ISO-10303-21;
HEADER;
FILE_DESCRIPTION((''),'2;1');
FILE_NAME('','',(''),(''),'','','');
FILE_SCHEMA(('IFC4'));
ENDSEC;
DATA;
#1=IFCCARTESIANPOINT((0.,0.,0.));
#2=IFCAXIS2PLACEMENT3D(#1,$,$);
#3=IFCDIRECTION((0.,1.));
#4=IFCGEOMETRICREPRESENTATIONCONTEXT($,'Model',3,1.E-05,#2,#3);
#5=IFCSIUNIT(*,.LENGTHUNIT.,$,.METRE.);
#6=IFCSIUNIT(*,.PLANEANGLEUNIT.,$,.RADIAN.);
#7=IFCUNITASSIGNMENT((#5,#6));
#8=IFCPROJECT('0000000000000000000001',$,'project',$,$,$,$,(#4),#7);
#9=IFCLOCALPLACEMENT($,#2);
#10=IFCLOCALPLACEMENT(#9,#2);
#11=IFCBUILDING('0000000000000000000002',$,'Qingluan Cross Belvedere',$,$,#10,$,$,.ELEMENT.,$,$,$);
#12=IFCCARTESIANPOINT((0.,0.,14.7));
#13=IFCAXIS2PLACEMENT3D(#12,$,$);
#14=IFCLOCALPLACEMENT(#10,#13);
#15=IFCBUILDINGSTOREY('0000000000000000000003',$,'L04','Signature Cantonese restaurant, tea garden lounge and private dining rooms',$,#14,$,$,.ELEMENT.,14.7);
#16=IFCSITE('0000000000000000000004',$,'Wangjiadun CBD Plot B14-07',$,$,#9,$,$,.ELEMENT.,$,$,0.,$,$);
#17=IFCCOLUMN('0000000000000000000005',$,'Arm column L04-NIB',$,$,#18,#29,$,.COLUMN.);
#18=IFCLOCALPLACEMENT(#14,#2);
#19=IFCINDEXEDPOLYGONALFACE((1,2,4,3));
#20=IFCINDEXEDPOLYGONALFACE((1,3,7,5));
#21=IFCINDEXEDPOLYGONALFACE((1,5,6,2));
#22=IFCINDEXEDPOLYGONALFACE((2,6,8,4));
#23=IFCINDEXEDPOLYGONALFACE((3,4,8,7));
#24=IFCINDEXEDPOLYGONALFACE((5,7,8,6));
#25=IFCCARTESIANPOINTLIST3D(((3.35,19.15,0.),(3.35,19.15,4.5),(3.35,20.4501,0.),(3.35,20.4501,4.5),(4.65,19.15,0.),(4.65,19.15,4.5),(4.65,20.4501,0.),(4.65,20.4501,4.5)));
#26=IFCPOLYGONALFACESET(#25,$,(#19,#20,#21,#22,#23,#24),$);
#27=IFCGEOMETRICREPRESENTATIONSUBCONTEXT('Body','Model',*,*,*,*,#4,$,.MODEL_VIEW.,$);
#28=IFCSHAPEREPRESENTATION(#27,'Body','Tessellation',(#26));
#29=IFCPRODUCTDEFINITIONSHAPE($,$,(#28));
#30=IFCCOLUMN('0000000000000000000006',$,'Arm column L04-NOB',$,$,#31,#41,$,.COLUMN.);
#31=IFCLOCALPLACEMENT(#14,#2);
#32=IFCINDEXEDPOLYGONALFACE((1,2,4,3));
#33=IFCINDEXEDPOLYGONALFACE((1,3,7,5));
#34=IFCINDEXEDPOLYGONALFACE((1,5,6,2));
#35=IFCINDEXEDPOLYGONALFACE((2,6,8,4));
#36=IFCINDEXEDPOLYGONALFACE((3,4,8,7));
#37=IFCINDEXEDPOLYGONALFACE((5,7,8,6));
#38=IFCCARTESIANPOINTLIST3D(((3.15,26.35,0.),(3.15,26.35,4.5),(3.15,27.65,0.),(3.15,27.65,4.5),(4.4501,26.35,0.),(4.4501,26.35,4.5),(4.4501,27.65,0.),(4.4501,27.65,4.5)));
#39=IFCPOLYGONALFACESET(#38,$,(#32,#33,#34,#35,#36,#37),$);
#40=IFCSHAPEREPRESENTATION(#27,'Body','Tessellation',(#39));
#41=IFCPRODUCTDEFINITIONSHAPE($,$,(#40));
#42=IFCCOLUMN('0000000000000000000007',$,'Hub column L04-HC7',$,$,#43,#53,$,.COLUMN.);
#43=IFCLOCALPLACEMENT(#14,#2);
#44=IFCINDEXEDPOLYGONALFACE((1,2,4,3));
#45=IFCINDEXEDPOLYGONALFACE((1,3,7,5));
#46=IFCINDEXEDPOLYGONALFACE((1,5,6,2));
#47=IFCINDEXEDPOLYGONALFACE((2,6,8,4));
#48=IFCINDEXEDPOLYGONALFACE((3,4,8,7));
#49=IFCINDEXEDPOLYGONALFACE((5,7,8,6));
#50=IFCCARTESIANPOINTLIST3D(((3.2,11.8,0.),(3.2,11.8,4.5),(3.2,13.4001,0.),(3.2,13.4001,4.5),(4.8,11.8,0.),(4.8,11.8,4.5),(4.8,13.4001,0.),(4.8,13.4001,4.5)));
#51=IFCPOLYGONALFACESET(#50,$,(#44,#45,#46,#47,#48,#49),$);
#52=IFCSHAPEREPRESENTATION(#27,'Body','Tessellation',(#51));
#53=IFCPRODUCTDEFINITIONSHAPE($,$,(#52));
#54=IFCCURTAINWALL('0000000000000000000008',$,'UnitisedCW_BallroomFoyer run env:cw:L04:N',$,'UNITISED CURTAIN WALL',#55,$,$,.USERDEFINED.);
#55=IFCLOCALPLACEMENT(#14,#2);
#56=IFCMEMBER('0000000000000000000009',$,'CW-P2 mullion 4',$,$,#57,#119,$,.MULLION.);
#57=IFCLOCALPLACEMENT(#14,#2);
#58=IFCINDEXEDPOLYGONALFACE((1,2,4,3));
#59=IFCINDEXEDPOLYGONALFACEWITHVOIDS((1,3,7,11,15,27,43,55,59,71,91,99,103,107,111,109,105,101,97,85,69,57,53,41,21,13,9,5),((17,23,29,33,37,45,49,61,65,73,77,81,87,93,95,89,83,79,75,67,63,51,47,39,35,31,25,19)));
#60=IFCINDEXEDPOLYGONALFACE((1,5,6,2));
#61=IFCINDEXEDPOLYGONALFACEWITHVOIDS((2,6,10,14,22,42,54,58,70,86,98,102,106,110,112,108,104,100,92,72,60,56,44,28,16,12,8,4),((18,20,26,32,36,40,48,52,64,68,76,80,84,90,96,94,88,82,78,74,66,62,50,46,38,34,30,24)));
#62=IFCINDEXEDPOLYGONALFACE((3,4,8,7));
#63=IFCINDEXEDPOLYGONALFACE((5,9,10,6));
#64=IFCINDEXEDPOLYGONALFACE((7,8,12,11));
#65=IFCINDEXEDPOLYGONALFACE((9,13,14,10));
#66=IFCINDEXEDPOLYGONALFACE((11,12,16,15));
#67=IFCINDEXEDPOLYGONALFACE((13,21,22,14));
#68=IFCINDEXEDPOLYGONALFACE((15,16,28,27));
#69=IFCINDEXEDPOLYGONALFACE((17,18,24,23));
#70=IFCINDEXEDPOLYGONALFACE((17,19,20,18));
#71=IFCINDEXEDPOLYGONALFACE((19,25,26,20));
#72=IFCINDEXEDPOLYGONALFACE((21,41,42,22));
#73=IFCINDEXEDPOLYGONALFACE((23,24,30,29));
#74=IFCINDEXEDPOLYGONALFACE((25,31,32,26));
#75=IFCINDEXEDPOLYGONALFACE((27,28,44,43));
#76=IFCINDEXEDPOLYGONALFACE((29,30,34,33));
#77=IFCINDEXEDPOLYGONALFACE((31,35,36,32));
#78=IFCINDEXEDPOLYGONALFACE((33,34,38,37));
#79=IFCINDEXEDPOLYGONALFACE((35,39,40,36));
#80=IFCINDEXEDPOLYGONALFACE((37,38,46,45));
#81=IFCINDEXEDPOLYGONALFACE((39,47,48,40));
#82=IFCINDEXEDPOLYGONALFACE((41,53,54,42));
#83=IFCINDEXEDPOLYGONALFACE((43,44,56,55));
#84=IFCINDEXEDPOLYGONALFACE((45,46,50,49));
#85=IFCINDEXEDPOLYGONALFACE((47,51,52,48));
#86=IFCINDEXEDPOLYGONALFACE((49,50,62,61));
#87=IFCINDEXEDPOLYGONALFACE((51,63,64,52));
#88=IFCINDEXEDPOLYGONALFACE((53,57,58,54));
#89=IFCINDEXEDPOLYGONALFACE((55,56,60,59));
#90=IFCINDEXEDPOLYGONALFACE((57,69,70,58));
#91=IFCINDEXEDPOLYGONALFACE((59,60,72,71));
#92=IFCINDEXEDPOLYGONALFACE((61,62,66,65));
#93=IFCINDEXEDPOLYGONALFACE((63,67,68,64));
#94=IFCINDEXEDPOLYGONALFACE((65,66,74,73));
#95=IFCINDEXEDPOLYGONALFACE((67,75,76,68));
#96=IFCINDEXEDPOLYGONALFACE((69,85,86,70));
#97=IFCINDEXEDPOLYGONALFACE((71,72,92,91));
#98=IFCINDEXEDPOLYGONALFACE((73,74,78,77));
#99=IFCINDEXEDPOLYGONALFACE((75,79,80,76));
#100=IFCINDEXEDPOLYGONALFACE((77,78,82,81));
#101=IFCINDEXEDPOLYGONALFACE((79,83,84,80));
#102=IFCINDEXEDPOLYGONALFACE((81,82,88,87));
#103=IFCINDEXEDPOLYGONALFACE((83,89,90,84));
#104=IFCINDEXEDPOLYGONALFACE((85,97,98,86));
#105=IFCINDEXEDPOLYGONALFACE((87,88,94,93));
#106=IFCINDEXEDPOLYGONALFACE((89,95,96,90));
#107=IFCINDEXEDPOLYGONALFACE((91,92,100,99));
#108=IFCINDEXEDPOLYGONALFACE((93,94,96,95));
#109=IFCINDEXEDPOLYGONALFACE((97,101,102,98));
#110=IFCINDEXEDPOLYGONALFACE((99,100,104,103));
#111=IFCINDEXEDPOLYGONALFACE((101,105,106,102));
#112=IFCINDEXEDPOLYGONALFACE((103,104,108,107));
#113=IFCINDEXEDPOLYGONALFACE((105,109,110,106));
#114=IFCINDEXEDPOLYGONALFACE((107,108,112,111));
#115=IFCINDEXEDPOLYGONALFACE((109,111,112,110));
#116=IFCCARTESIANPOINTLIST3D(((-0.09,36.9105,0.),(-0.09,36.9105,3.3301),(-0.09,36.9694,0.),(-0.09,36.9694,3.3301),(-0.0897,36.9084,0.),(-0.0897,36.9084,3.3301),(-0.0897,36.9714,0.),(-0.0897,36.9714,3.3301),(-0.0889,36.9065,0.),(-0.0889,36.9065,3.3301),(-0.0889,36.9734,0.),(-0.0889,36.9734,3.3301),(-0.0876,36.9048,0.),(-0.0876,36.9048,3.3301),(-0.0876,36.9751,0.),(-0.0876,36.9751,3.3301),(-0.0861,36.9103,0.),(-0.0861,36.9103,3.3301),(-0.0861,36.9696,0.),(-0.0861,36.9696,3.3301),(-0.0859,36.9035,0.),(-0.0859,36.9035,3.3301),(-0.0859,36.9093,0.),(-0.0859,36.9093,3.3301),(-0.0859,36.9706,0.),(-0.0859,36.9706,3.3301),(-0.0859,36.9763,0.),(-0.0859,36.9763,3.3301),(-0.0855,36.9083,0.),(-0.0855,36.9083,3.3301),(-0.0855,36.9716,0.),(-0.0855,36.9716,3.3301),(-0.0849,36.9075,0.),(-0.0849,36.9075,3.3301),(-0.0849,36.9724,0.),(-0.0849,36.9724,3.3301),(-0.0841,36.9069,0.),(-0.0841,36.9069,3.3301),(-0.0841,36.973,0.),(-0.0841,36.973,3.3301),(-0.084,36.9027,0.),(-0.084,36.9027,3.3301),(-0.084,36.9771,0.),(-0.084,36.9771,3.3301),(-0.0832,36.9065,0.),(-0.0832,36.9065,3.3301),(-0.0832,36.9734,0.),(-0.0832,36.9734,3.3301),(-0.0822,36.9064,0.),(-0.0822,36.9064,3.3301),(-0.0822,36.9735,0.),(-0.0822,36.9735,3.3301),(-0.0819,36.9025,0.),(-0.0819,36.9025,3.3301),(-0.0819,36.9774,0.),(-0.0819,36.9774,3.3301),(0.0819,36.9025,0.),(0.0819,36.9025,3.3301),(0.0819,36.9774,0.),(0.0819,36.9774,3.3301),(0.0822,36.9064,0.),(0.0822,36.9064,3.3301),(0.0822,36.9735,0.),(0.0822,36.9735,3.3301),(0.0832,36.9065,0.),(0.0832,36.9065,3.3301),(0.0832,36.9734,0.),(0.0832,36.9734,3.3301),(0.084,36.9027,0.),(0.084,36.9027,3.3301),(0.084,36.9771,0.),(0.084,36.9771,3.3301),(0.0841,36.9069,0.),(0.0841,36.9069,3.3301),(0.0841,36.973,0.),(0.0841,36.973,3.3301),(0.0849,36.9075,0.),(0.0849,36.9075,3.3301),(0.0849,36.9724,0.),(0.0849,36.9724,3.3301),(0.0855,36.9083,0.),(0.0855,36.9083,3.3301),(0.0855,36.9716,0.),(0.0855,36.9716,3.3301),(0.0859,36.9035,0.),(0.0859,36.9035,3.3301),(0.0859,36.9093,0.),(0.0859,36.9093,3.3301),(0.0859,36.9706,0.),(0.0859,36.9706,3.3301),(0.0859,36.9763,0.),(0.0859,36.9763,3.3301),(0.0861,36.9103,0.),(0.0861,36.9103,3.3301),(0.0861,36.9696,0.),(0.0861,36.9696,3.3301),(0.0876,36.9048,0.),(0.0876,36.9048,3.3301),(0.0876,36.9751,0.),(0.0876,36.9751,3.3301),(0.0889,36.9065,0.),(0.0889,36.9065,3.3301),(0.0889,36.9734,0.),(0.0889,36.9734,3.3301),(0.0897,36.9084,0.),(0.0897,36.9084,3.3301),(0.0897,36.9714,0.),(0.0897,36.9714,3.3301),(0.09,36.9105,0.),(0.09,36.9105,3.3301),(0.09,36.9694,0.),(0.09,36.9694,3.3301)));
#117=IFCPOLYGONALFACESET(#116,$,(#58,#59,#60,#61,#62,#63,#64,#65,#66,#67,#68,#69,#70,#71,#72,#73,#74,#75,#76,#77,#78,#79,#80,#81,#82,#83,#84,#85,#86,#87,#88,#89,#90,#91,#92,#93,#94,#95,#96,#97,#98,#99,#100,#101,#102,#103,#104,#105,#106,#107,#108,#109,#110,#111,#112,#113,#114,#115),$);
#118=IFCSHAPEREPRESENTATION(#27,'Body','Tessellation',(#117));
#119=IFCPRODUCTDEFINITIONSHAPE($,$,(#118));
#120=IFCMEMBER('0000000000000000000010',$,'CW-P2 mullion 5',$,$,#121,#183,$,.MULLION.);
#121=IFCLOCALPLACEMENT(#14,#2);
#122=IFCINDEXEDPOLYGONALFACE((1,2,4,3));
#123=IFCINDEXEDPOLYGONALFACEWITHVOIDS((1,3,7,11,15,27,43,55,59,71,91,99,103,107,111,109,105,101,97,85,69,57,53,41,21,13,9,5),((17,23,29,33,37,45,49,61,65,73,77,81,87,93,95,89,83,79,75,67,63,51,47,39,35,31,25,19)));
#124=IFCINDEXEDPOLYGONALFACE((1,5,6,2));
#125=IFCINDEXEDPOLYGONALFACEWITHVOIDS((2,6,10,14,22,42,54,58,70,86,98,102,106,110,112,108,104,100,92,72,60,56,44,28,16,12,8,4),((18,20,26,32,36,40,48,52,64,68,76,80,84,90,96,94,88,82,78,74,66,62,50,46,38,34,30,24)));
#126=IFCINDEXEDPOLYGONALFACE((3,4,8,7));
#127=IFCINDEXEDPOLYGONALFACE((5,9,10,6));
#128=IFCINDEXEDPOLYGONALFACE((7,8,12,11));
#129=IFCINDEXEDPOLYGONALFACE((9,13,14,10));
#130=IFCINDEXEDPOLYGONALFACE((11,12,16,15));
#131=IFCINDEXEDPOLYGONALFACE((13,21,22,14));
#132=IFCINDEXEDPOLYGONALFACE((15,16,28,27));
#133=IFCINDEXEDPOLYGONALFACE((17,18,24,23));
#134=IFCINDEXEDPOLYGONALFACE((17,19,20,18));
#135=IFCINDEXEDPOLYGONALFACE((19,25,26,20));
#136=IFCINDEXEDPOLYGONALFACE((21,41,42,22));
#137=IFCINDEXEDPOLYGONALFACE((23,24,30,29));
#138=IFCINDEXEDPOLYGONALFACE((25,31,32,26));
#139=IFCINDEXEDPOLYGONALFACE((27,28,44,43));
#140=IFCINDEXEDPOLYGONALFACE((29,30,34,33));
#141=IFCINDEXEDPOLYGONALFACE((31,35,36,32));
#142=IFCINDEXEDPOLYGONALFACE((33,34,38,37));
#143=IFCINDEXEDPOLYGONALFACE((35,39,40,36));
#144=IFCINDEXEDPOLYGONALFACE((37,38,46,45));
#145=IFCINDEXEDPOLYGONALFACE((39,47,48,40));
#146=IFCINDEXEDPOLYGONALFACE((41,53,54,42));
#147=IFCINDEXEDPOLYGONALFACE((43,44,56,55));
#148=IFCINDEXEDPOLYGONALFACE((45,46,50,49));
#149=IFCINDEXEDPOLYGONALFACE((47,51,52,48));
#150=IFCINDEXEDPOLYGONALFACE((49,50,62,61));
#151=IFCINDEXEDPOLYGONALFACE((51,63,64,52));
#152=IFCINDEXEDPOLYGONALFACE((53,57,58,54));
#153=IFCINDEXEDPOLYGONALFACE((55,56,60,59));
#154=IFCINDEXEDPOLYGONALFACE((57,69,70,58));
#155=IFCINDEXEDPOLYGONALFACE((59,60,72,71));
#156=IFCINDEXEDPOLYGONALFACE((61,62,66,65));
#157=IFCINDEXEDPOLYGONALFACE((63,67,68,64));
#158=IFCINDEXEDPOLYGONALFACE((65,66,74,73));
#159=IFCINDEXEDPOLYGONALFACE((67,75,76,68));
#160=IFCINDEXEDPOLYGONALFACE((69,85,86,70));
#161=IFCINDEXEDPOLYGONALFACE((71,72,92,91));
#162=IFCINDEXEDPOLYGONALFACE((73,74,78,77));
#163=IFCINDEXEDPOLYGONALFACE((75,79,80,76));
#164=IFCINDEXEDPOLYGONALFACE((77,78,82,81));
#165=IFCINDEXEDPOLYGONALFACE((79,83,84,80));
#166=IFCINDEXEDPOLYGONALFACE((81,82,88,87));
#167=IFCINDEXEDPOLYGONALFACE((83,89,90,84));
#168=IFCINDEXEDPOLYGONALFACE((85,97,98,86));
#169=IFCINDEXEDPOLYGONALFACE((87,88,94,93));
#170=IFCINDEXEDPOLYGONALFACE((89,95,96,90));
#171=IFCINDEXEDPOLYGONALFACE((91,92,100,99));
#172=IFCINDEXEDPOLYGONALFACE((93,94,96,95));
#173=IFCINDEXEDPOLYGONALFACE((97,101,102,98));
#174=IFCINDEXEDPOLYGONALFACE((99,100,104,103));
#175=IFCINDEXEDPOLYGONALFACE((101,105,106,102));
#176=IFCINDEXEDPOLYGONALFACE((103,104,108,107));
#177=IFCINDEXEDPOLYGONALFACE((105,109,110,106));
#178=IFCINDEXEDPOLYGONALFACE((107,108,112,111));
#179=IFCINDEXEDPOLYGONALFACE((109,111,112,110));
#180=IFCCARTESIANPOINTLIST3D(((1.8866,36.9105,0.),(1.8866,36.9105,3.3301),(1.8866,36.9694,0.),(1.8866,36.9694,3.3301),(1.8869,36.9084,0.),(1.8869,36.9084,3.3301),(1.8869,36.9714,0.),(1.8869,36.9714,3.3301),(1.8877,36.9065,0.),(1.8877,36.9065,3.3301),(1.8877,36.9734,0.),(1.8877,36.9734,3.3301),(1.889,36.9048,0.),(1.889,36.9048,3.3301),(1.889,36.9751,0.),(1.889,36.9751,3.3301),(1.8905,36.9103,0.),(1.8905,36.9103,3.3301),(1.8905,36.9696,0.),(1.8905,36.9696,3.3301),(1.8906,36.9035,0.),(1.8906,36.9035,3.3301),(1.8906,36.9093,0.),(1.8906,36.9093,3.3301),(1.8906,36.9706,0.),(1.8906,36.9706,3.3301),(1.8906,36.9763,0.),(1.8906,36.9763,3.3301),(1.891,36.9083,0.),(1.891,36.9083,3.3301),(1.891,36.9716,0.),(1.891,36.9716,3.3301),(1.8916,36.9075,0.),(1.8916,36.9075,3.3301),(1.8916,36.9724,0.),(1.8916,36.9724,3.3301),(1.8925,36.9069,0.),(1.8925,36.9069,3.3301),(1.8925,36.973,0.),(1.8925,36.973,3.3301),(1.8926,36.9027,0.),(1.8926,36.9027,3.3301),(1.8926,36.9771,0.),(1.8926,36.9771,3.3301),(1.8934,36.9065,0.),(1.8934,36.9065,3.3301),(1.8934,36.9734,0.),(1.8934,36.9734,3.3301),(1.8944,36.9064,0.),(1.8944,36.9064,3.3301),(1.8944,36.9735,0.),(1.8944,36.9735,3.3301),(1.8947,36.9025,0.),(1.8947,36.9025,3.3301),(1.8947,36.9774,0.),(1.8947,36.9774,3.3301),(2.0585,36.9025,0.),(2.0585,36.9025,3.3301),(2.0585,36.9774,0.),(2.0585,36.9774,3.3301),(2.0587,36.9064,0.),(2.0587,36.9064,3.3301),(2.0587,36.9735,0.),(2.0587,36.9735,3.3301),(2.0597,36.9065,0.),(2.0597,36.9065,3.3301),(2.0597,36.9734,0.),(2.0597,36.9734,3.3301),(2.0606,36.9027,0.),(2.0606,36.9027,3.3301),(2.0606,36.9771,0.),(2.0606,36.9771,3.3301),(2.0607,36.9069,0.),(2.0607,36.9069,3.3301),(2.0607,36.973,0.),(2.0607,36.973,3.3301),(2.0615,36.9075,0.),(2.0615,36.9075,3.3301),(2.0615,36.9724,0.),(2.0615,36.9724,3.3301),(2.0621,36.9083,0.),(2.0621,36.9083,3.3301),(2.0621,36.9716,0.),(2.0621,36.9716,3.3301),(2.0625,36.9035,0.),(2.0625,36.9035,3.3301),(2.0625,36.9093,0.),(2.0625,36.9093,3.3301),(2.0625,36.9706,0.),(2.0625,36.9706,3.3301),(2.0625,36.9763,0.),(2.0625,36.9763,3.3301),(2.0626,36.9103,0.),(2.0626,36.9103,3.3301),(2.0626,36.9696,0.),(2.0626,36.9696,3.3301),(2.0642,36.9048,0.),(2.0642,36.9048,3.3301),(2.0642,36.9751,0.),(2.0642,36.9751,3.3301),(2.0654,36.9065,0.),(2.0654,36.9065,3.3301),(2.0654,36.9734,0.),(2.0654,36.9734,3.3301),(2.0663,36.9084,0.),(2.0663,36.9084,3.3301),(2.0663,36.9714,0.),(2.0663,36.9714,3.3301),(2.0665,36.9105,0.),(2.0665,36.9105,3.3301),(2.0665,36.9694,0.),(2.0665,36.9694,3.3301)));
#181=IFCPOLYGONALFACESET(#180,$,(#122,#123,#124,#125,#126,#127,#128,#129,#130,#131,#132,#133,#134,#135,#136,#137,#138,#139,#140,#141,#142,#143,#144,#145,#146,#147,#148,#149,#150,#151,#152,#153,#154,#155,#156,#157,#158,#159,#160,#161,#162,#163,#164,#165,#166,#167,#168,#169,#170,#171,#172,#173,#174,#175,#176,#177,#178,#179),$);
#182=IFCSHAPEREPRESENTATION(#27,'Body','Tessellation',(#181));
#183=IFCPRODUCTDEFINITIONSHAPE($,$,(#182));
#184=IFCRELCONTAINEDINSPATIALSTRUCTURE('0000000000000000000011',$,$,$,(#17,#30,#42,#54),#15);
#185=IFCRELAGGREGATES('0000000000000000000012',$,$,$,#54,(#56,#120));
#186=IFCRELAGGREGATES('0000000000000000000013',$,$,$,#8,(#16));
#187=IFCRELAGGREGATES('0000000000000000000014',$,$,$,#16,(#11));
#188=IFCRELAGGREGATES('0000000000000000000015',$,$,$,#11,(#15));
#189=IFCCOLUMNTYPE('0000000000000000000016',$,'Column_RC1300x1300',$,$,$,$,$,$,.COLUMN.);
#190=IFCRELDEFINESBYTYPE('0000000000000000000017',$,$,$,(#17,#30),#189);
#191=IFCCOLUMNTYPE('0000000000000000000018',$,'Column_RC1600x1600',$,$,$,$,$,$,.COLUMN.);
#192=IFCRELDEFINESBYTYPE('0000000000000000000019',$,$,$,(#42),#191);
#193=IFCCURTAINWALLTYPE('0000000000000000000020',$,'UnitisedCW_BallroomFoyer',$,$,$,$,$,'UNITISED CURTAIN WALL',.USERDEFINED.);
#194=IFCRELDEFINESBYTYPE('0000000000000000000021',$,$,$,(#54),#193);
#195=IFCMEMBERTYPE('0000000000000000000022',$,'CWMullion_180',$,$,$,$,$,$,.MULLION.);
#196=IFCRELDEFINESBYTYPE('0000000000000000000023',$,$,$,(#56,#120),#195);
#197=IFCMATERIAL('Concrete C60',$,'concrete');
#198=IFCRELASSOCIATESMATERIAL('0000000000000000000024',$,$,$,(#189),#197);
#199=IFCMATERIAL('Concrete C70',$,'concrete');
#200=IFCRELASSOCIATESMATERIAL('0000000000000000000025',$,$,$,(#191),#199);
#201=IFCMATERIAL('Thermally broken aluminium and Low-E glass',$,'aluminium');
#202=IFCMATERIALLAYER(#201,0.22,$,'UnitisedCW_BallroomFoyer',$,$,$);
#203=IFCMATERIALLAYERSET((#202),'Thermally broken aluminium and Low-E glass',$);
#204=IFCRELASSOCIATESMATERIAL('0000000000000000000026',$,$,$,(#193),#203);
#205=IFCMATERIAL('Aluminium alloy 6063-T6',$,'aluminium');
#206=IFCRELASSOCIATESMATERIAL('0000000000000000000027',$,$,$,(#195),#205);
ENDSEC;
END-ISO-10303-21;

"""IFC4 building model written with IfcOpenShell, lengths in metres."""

from ifc_helpers import new_model, si_unit, direction, frame, origin, origin_2d, place, context, subcontext, project, spatial, rectangle, hollow_rectangle, extrude, material, layer, layer_set, material_profile, profile_set, type_object, element, aggregate, save


model = new_model("IFC4")

# Units and contexts
model_context = context("Model", 3, precision=1e-05, world=origin(), true_north=direction((0.0, 1.0)))
body_context = subcontext(model_context, "Body", "Model", "MODEL_VIEW")
ifc_project = project(units=[si_unit("LENGTHUNIT", "METRE"), si_unit("PLANEANGLEUNIT", "RADIAN")], contexts=[model_context])

# Site, building, storey
site_placement = place(None, origin())
site = spatial("IfcSite", under=ifc_project, at=site_placement, Name="Wangjiadun CBD Plot B14-07", CompositionType="ELEMENT", RefElevation=0.0)
building_placement = place(site_placement, origin())
building = spatial("IfcBuilding", under=site, at=building_placement, Name="Qingluan Cross Belvedere", CompositionType="ELEMENT")
storey_placement = place(building_placement, frame((0.0, 0.0, 14.7)))
storey = spatial("IfcBuildingStorey", under=building, at=storey_placement, Name="L04", Description="Signature Cantonese restaurant, tea garden lounge and private dining rooms", CompositionType="ELEMENT", Elevation=14.7)

# Columns
ifc_material_1 = material(Name="Concrete C60", Category="concrete")
ifc_material_profile_1 = material_profile(ifc_material_1, rectangle(XDim=1.3, YDim=1.3, at=origin_2d()), Name="RC1300x1300")
ifc_profile_set_1 = profile_set([ifc_material_profile_1], Name="Concrete C60")
column_type_1 = type_object("IfcColumnType", Name="Column_RC1300x1300", PredefinedType="COLUMN", material=ifc_profile_set_1)
for number, where, z_axis, x_axis, name in (
    (1, (4.0, 19.8, 0.0), (0.0, 0.0, 1.0), (1.0, 0.0, 0.0), "Arm column L04-NIB"),
    (2, (3.8, 27.0, 0.0), (0.0, 0.0, 1.0), (1.0, 0.0, 0.0), "Arm column L04-NOB"),
):
    element("IfcColumn", number, at=place(storey_placement, frame(where, z_axis=z_axis, x_axis=x_axis)), inside=storey, type_object=column_type_1, Name=name, PredefinedType="COLUMN", context=body_context, shape_type="SweptSolid", body=[
        extrude(rectangle(XDim=1.3, YDim=1.3, at=origin_2d()), origin(), (0.0, 0.0, 1.0), 4.5),
    ])
ifc_material_2 = material(Name="Concrete C70", Category="concrete")
ifc_material_profile_2 = material_profile(ifc_material_2, rectangle(XDim=1.6001, YDim=1.6001, at=origin_2d()), Name="RC1600x1600")
ifc_profile_set_2 = profile_set([ifc_material_profile_2], Name="Concrete C70")
column_type_2 = type_object("IfcColumnType", Name="Column_RC1600x1600", PredefinedType="COLUMN", material=ifc_profile_set_2)
column_placement = place(storey_placement, frame((4.0, 12.6001, 0.0), z_axis=(0.0, 0.0, 1.0), x_axis=(1.0, 0.0, 0.0)))
element("IfcColumn", 3, at=column_placement, inside=storey, type_object=column_type_2, Name="Hub column L04-HC7", PredefinedType="COLUMN", context=body_context, shape_type="SweptSolid", body=[
    extrude(rectangle(XDim=1.6001, YDim=1.6001, at=origin_2d()), origin(), (0.0, 0.0, 1.0), 4.5),
])

# Curtain wall, members
ifc_material_3 = material(Name="Thermally broken aluminium and Low-E glass", Category="aluminium")
ifc_layer_1 = layer(ifc_material_3, 0.22, Name="UnitisedCW_BallroomFoyer")
ifc_layer_set_1 = layer_set([ifc_layer_1], Name="Thermally broken aluminium and Low-E glass")
curtain_wall_type = type_object("IfcCurtainWallType", Name="UnitisedCW_BallroomFoyer", ElementType="UNITISED CURTAIN WALL", PredefinedType="USERDEFINED", material=ifc_layer_set_1)
curtain_wall_placement = place(storey_placement, origin())
curtain_wall = element("IfcCurtainWall", 4, at=curtain_wall_placement, inside=storey, type_object=curtain_wall_type, Name="UnitisedCW_BallroomFoyer run env:cw:L04:N", ObjectType="UNITISED CURTAIN WALL", PredefinedType="USERDEFINED")
ifc_material_4 = material(Name="Aluminium alloy 6063-T6", Category="aluminium")
ifc_material_profile_3 = material_profile(ifc_material_4, hollow_rectangle(XDim=0.075, YDim=0.1799, WallThickness=0.0039, InnerFilletRadius=0.0039, OuterFilletRadius=0.0081, at=origin_2d()), Name="CWM180x75x4")
ifc_profile_set_3 = profile_set([ifc_material_profile_3], Name="Aluminium alloy 6063-T6")
member_type_1 = type_object("IfcMemberType", Name="CWMullion_180", PredefinedType="MULLION", material=ifc_profile_set_3)
member_1_placement = place(storey_placement, frame((0.0, 36.9399, 0.0), z_axis=(0.0, 0.0, 1.0), x_axis=(0.0, 1.0, 0.0)))
member_1 = element("IfcMember", 5, at=member_1_placement, type_object=member_type_1, Name="CW-P2 mullion 4", PredefinedType="MULLION", context=body_context, shape_type="SweptSolid", body=[
    extrude(hollow_rectangle(XDim=0.075, YDim=0.1799, WallThickness=0.0039, InnerFilletRadius=0.0039, OuterFilletRadius=0.0081, at=origin_2d()), origin(), (0.0, 0.0, 1.0), 3.3301),
])
member_2_placement = place(storey_placement, frame((1.9766, 36.9399, 0.0), z_axis=(0.0, 0.0, 1.0), x_axis=(0.0, 1.0, 0.0)))
member_2 = element("IfcMember", 6, at=member_2_placement, type_object=member_type_1, Name="CW-P2 mullion 5", PredefinedType="MULLION", context=body_context, shape_type="SweptSolid", body=[
    extrude(hollow_rectangle(XDim=0.075, YDim=0.1799, WallThickness=0.0039, InnerFilletRadius=0.0039, OuterFilletRadius=0.0081, at=origin_2d()), origin(), (0.0, 0.0, 1.0), 3.3301),
])

aggregate(curtain_wall, [member_1, member_2])

save(model, "model.ifc")
